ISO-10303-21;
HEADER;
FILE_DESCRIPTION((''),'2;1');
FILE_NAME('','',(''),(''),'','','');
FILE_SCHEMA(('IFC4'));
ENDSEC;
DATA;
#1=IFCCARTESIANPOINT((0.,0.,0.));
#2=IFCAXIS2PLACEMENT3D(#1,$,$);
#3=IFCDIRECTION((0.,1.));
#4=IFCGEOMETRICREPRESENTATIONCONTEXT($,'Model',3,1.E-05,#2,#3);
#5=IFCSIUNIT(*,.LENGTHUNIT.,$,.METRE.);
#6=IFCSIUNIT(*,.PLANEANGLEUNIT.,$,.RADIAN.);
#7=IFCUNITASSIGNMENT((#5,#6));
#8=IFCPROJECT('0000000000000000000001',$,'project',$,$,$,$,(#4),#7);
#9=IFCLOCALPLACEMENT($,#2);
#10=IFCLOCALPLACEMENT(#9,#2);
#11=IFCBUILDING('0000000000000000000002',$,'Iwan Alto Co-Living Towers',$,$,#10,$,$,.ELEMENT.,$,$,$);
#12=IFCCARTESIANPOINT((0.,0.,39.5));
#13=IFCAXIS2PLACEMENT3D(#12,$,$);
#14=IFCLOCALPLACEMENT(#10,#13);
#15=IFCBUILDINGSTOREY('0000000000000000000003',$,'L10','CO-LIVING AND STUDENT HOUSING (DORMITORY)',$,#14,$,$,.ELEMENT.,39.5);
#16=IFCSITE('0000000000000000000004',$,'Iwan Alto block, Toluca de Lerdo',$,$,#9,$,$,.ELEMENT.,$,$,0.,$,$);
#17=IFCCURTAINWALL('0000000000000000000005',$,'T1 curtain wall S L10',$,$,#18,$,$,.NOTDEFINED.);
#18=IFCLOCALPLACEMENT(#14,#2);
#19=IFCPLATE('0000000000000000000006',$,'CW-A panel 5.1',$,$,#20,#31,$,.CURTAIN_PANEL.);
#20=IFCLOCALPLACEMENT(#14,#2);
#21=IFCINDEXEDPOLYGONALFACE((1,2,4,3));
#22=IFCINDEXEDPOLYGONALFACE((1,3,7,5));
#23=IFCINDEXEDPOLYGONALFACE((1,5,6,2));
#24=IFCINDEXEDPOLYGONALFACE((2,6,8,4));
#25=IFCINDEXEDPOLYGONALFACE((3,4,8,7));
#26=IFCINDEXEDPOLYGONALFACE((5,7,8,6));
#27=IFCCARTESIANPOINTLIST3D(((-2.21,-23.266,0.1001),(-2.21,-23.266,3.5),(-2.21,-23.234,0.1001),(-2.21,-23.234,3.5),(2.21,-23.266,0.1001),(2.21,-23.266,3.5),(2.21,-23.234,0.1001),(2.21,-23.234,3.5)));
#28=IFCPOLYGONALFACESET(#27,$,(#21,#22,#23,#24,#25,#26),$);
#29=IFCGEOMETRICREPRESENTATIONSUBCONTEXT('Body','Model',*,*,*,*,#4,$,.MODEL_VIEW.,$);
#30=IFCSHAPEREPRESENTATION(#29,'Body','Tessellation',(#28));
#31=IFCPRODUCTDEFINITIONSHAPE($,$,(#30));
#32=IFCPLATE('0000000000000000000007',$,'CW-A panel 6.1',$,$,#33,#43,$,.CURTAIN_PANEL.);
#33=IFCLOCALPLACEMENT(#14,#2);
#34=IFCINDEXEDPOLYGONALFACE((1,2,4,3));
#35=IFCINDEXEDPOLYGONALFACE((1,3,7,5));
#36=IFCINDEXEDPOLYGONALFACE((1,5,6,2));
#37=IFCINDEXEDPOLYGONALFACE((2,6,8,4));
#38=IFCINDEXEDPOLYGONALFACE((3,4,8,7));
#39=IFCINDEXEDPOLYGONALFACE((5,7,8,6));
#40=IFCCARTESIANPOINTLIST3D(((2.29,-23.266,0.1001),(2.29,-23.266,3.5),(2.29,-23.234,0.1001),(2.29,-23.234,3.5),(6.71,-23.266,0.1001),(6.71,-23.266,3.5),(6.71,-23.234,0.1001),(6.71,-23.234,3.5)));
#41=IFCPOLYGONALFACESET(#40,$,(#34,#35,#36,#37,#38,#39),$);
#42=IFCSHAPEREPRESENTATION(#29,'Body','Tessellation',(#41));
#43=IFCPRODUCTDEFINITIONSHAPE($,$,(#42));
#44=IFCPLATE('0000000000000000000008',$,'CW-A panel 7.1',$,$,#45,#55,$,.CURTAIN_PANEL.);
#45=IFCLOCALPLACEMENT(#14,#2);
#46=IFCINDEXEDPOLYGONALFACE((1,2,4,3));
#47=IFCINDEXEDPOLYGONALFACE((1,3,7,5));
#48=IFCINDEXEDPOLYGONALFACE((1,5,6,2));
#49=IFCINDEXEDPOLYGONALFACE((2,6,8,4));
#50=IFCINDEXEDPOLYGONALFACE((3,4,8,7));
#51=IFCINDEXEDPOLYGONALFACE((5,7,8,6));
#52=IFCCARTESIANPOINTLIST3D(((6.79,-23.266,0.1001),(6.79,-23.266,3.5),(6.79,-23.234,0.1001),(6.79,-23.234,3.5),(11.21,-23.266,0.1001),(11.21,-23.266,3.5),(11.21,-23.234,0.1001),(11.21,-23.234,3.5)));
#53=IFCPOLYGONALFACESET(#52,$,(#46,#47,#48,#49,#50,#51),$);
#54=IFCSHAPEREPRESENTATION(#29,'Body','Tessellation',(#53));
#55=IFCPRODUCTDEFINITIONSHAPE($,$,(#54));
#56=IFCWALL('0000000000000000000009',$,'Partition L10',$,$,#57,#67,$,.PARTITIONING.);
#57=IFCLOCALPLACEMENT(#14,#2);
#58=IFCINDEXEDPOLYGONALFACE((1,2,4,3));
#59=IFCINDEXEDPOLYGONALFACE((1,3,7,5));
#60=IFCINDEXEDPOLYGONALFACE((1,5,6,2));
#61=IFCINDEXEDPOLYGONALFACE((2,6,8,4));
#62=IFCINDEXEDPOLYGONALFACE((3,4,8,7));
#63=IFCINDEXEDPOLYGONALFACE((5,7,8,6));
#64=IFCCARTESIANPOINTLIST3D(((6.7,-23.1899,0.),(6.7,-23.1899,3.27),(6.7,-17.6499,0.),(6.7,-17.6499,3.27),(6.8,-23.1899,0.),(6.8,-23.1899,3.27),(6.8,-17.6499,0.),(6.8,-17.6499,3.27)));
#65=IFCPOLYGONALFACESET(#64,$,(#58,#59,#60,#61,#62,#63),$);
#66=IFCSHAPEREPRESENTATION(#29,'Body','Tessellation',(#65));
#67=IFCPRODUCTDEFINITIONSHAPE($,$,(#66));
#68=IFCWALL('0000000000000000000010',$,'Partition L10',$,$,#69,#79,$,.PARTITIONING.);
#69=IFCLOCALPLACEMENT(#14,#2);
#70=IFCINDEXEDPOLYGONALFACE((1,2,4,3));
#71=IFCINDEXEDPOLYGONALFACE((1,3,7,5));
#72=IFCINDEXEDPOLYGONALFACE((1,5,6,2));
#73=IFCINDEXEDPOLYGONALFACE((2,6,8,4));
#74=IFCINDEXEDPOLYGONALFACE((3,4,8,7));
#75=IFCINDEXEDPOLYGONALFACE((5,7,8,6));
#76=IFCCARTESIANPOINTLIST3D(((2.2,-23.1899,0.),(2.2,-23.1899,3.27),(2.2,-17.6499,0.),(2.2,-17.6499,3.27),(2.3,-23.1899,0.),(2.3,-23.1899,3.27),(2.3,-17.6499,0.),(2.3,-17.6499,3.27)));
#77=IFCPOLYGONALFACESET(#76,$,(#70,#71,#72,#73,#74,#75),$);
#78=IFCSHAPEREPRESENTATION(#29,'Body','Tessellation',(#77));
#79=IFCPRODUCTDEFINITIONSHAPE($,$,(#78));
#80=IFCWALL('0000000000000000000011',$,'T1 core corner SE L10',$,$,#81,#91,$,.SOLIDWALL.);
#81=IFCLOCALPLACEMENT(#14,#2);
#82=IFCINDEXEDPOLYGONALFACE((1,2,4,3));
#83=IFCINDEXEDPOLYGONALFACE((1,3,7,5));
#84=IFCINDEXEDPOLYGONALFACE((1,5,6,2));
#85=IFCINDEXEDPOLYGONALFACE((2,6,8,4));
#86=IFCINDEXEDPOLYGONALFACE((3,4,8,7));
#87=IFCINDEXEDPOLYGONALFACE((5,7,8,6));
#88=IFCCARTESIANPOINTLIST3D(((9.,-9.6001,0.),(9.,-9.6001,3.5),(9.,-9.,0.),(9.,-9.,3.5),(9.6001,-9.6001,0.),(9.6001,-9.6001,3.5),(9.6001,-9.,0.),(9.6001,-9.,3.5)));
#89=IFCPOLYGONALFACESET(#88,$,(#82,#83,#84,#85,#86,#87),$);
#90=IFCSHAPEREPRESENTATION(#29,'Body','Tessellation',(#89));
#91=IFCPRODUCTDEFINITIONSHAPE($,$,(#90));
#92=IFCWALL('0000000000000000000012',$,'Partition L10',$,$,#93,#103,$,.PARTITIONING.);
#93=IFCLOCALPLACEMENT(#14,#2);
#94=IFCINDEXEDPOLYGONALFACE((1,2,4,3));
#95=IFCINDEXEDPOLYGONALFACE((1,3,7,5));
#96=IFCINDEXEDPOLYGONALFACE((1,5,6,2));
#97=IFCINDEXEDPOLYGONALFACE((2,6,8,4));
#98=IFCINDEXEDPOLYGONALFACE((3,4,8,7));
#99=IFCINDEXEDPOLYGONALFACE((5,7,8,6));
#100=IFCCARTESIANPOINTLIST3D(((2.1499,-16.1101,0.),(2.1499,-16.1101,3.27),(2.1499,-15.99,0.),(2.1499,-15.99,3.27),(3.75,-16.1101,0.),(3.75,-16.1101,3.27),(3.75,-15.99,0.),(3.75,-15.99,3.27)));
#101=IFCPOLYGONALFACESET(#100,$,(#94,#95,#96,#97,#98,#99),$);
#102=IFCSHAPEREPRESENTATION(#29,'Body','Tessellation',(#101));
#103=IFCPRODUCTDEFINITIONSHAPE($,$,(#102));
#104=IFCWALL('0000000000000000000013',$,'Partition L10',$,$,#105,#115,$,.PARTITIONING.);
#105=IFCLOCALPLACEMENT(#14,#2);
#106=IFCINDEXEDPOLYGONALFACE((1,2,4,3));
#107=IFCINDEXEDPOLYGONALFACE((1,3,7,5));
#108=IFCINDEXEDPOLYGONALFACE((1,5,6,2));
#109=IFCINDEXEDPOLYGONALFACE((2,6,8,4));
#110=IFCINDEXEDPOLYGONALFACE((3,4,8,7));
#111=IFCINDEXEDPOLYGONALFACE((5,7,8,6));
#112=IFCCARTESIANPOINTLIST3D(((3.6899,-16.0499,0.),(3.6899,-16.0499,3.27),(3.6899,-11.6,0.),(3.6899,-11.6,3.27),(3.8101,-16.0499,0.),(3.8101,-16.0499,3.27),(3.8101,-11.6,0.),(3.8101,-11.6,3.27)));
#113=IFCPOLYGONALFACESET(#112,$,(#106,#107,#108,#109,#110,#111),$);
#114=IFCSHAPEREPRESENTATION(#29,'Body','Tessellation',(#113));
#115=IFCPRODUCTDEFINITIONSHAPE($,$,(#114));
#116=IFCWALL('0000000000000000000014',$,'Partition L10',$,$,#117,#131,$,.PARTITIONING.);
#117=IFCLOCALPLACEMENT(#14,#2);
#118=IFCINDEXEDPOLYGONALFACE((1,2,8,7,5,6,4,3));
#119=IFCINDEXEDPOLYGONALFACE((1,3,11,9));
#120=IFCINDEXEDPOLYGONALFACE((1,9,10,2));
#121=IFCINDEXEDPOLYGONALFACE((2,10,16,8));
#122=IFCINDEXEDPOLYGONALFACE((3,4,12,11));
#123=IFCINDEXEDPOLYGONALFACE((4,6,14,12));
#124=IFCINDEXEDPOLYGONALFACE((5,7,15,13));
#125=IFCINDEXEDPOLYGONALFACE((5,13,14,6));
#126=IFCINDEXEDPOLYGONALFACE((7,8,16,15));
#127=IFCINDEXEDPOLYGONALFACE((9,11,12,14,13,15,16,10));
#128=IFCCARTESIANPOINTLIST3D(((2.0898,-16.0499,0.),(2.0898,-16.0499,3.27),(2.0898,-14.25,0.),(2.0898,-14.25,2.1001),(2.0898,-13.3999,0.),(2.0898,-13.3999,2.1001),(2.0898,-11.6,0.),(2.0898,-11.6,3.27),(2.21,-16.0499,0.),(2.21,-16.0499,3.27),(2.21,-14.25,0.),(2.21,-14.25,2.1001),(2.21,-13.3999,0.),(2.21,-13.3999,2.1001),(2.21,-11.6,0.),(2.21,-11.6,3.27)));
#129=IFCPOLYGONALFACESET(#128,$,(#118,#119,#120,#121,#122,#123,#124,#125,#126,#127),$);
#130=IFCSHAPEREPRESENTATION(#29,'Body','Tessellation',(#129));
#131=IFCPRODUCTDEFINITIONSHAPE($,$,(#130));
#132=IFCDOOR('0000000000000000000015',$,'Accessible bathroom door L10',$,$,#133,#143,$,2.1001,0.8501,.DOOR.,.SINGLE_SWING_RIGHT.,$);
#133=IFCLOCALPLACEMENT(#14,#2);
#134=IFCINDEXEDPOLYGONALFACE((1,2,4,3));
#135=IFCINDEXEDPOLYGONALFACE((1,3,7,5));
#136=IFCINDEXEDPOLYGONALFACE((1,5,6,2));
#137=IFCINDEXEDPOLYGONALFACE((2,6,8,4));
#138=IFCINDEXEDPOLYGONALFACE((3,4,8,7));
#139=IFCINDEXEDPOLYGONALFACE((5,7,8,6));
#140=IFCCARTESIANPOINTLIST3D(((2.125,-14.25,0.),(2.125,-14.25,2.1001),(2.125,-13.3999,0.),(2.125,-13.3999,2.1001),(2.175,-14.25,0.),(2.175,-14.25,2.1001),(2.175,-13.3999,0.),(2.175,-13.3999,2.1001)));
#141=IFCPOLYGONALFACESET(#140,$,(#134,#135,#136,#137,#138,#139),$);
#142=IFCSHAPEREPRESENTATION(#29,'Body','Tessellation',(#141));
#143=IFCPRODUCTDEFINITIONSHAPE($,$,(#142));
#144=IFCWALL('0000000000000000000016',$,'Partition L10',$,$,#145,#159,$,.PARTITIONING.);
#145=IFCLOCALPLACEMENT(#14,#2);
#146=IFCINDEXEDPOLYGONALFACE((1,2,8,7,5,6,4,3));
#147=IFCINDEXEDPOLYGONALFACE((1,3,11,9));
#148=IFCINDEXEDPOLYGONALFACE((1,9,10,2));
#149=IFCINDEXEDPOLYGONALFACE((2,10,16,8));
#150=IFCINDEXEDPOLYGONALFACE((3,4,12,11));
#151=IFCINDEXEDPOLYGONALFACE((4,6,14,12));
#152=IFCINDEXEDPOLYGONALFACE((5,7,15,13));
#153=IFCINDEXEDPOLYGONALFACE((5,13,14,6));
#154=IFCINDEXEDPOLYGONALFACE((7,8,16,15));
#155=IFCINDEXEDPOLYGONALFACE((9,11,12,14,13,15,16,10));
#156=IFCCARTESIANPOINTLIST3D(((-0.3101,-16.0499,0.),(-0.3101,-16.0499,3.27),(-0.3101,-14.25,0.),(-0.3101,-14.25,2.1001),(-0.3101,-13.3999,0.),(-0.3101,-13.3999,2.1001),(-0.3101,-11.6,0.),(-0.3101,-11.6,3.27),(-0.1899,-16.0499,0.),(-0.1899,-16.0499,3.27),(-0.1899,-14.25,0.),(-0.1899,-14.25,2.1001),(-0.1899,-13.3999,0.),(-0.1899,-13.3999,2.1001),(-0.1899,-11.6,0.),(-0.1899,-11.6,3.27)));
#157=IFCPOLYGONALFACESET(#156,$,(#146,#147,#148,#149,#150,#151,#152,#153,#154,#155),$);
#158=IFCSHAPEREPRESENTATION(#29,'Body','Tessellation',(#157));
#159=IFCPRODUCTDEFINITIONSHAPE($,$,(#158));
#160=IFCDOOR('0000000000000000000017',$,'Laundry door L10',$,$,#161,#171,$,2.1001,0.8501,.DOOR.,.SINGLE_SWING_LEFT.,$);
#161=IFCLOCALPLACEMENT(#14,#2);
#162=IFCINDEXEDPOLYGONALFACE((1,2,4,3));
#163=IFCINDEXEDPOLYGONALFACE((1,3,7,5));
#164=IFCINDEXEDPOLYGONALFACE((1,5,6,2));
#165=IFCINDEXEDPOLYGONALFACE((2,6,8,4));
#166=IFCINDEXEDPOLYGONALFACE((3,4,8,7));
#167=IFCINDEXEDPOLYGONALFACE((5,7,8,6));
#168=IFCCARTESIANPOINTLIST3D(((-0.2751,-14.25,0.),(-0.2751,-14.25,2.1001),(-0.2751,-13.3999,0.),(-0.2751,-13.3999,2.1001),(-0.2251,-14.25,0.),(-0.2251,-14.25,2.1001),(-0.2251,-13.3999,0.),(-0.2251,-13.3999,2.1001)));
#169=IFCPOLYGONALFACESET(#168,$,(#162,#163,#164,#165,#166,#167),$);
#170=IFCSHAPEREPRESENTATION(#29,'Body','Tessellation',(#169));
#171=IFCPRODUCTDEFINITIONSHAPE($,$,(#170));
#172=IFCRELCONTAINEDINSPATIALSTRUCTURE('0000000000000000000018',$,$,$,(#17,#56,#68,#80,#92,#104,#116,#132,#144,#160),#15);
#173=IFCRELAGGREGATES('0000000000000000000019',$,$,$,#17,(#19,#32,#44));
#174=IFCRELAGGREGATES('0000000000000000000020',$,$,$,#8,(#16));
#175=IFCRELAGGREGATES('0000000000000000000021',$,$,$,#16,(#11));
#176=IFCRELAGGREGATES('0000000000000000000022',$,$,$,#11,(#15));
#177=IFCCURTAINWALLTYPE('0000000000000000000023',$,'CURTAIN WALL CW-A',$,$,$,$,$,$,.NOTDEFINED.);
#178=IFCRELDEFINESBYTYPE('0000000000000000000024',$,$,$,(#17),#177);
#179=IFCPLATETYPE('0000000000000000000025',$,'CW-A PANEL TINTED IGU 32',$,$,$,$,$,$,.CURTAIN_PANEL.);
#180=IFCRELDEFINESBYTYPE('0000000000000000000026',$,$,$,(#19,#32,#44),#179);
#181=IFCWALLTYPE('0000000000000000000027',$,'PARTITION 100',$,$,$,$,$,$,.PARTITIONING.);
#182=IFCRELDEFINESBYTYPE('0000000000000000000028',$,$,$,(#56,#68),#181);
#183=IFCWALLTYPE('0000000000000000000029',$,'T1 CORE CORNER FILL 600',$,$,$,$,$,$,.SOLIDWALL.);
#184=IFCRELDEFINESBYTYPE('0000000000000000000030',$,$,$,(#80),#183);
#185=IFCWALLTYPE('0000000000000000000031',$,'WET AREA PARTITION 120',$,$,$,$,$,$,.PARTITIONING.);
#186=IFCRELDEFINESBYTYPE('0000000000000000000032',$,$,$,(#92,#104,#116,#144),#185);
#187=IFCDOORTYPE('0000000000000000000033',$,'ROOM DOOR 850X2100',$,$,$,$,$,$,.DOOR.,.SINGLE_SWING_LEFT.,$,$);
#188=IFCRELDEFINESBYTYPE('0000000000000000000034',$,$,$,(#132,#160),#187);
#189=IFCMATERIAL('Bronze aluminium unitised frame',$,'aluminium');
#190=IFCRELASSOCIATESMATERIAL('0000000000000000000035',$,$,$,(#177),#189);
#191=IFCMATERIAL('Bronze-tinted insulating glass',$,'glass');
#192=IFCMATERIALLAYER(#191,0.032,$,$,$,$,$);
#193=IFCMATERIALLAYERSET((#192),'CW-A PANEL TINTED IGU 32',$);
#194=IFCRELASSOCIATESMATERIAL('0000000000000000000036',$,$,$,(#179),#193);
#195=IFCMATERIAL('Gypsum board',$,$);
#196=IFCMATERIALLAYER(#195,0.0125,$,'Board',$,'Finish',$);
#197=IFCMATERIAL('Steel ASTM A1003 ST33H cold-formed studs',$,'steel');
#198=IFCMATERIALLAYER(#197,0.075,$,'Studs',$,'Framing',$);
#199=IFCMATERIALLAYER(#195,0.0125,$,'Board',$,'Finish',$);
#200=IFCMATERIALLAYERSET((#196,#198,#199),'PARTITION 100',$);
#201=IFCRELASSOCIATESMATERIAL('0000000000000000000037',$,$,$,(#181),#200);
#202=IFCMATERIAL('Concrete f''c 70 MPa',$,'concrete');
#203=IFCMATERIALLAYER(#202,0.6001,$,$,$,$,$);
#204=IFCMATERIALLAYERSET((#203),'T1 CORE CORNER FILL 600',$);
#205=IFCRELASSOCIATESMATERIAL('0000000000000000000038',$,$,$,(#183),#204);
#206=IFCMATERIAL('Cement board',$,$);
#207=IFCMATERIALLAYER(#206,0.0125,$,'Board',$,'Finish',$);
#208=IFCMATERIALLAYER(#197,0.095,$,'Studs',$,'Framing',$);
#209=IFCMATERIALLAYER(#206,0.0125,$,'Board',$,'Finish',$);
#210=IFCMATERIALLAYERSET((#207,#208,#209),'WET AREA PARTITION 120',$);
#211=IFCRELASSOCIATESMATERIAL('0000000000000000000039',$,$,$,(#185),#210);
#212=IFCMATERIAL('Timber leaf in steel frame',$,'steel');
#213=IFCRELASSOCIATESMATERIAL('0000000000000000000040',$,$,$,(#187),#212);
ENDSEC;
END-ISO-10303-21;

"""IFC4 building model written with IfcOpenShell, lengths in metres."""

from ifc_helpers import new_model, si_unit, direction, frame, frame_2d, origin, origin_2d, place, context, subcontext, project, spatial, rectangle, extrude, material, layer, layer_set, type_object, element, fill, aggregate, save


model = new_model("IFC4")

# Units and contexts
model_context = context("Model", 3, precision=1e-05, world=origin(), true_north=direction((0.0, 1.0)))
body_context = subcontext(model_context, "Body", "Model", "MODEL_VIEW")
ifc_project = project(units=[si_unit("LENGTHUNIT", "METRE"), si_unit("PLANEANGLEUNIT", "RADIAN")], contexts=[model_context])

# Site, building, storey
site_placement = place(None, origin())
site = spatial("IfcSite", under=ifc_project, at=site_placement, Name="Iwan Alto block, Toluca de Lerdo", CompositionType="ELEMENT", RefElevation=0.0)
building_placement = place(site_placement, origin())
building = spatial("IfcBuilding", under=site, at=building_placement, Name="Iwan Alto Co-Living Towers", CompositionType="ELEMENT")
storey_placement = place(building_placement, frame((0.0, 0.0, 39.5)))
storey = spatial("IfcBuildingStorey", under=building, at=storey_placement, Name="L10", Description="CO-LIVING AND STUDENT HOUSING (DORMITORY)", CompositionType="ELEMENT", Elevation=39.5)

# Curtain wall
ifc_material_1 = material(Name="Bronze aluminium unitised frame", Category="aluminium")
curtain_wall_type = type_object("IfcCurtainWallType", Name="CURTAIN WALL CW-A", PredefinedType="NOTDEFINED", material=ifc_material_1)
curtain_wall_placement = place(storey_placement, origin())
curtain_wall = element("IfcCurtainWall", 1, at=curtain_wall_placement, inside=storey, type_object=curtain_wall_type, Name="T1 curtain wall S L10", PredefinedType="NOTDEFINED")

# Plates
ifc_material_2 = material(Name="Bronze-tinted insulating glass", Category="glass")
ifc_layer_1 = layer(ifc_material_2, 0.032)
ifc_layer_set_1 = layer_set([ifc_layer_1], Name="CW-A PANEL TINTED IGU 32")
plate_type = type_object("IfcPlateType", Name="CW-A PANEL TINTED IGU 32", PredefinedType="CURTAIN_PANEL", material=ifc_layer_set_1)
plate_1_placement = place(storey_placement, frame((0.0, -23.25, 0.1001), z_axis=(0.0, 0.0, 1.0), x_axis=(1.0, 0.0, 0.0)))
plate_1 = element("IfcPlate", 2, at=plate_1_placement, type_object=plate_type, Name="CW-A panel 5.1", PredefinedType="CURTAIN_PANEL", context=body_context, shape_type="SweptSolid", body=[
    extrude(rectangle(XDim=4.4199, YDim=0.032, at=origin_2d()), origin(), (0.0, 0.0, 1.0), 3.3999),
])
plate_2_placement = place(storey_placement, frame((4.5, -23.25, 0.1001), z_axis=(0.0, 0.0, 1.0), x_axis=(1.0, 0.0, 0.0)))
plate_2 = element("IfcPlate", 3, at=plate_2_placement, type_object=plate_type, Name="CW-A panel 6.1", PredefinedType="CURTAIN_PANEL", context=body_context, shape_type="SweptSolid", body=[
    extrude(rectangle(XDim=4.4199, YDim=0.032, at=origin_2d()), origin(), (0.0, 0.0, 1.0), 3.3999),
])
plate_3_placement = place(storey_placement, frame((9.0, -23.25, 0.1001), z_axis=(0.0, 0.0, 1.0), x_axis=(1.0, 0.0, 0.0)))
plate_3 = element("IfcPlate", 4, at=plate_3_placement, type_object=plate_type, Name="CW-A panel 7.1", PredefinedType="CURTAIN_PANEL", context=body_context, shape_type="SweptSolid", body=[
    extrude(rectangle(XDim=4.4199, YDim=0.032, at=origin_2d()), origin(), (0.0, 0.0, 1.0), 3.3999),
])
aggregate(curtain_wall, [plate_1, plate_2, plate_3])

# Walls
ifc_material_3 = material(Name="Gypsum board")
ifc_layer_2 = layer(ifc_material_3, 0.0125, Name="Board", Category="Finish")
ifc_material_4 = material(Name="Steel ASTM A1003 ST33H cold-formed studs", Category="steel")
ifc_layer_3 = layer(ifc_material_4, 0.075, Name="Studs", Category="Framing")
ifc_layer_4 = layer(ifc_material_3, 0.0125, Name="Board", Category="Finish")
ifc_layer_set_2 = layer_set([ifc_layer_2, ifc_layer_3, ifc_layer_4], Name="PARTITION 100")
wall_type_1 = type_object("IfcWallType", Name="PARTITION 100", PredefinedType="PARTITIONING", material=ifc_layer_set_2)
for number, where, z_axis, x_axis, name in (
    (5, (6.75, -23.1899, 0.0), (0.0, 0.0, 1.0), (0.0, 1.0, 0.0), "Partition L10"),
    (6, (2.25, -23.1899, 0.0), (0.0, 0.0, 1.0), (0.0, 1.0, 0.0), "Partition L10"),
):
    element("IfcWall", number, at=place(storey_placement, frame(where, z_axis=z_axis, x_axis=x_axis)), inside=storey, type_object=wall_type_1, Name=name, PredefinedType="PARTITIONING", context=body_context, shape_type="SweptSolid", body=[
        extrude(rectangle(XDim=5.54, YDim=0.1001, at=frame_2d((2.77, 0.0))), origin(), (0.0, 0.0, 1.0), 3.27),
    ])
ifc_material_5 = material(Name="Concrete f'c 70 MPa", Category="concrete")
ifc_layer_5 = layer(ifc_material_5, 0.6001)
ifc_layer_set_3 = layer_set([ifc_layer_5], Name="T1 CORE CORNER FILL 600")
wall_type_2 = type_object("IfcWallType", Name="T1 CORE CORNER FILL 600", PredefinedType="SOLIDWALL", material=ifc_layer_set_3)
wall_1_placement = place(storey_placement, frame((9.0, -9.3, 0.0), z_axis=(0.0, 0.0, 1.0), x_axis=(1.0, 0.0, 0.0)))
element("IfcWall", 7, at=wall_1_placement, inside=storey, type_object=wall_type_2, Name="T1 core corner SE L10", PredefinedType="SOLIDWALL", context=body_context, shape_type="SweptSolid", body=[
    extrude(rectangle(XDim=0.6001, YDim=0.6001, at=frame_2d((0.3, 0.0))), origin(), (0.0, 0.0, 1.0), 3.5),
])
ifc_material_6 = material(Name="Cement board")
ifc_layer_6 = layer(ifc_material_6, 0.0125, Name="Board", Category="Finish")
ifc_layer_7 = layer(ifc_material_4, 0.095, Name="Studs", Category="Framing")
ifc_layer_8 = layer(ifc_material_6, 0.0125, Name="Board", Category="Finish")
ifc_layer_set_4 = layer_set([ifc_layer_6, ifc_layer_7, ifc_layer_8], Name="WET AREA PARTITION 120")
wall_type_3 = type_object("IfcWallType", Name="WET AREA PARTITION 120", PredefinedType="PARTITIONING", material=ifc_layer_set_4)
wall_2_placement = place(storey_placement, frame((2.1499, -16.05, 0.0), z_axis=(0.0, 0.0, 1.0), x_axis=(1.0, 0.0, 0.0)))
element("IfcWall", 8, at=wall_2_placement, inside=storey, type_object=wall_type_3, Name="Partition L10", PredefinedType="PARTITIONING", context=body_context, shape_type="SweptSolid", body=[
    extrude(rectangle(XDim=1.6001, YDim=0.1201, at=frame_2d((0.8, 0.0))), origin(), (0.0, 0.0, 1.0), 3.27),
])
wall_3_placement = place(storey_placement, frame((3.75, -16.05, 0.0), z_axis=(0.0, 0.0, 1.0), x_axis=(0.0, 1.0, 0.0)))
element("IfcWall", 9, at=wall_3_placement, inside=storey, type_object=wall_type_3, Name="Partition L10", PredefinedType="PARTITIONING", context=body_context, shape_type="SweptSolid", body=[
    extrude(rectangle(XDim=4.45, YDim=0.1201, at=frame_2d((2.2251, 0.0))), origin(), (0.0, 0.0, 1.0), 3.27),
])

# Walls, openings, doors
wall_4_placement = place(storey_placement, frame((2.1499, -16.05, 0.0), z_axis=(0.0, 0.0, 1.0), x_axis=(0.0, 1.0, 0.0)))
wall_4 = element("IfcWall", 10, at=wall_4_placement, inside=storey, type_object=wall_type_3, Name="Partition L10", PredefinedType="PARTITIONING", context=body_context, shape_type="SweptSolid", body=[
    extrude(rectangle(XDim=4.45, YDim=0.1201, at=frame_2d((2.2251, 0.0))), origin(), (0.0, 0.0, 1.0), 3.27),
])
opening_1_placement = place(wall_4_placement, frame((1.8, 0.0, 0.0)))
opening_1 = element("IfcOpeningElement", 11, at=opening_1_placement, cuts=wall_4, PredefinedType="OPENING", context=body_context, shape_type="SweptSolid", body=[
    extrude(rectangle(XDim=0.8501, YDim=2.1001, at=frame_2d((0.425, 1.05))), frame((0.0, 0.0701, 0.0), z_axis=(0.0, -1.0, 0.0), x_axis=(1.0, 0.0, 0.0)), (0.0, 0.0, 1.0), 0.1401),
])
ifc_material_7 = material(Name="Timber leaf in steel frame", Category="steel")
door_type = type_object("IfcDoorType", Name="ROOM DOOR 850X2100", OperationType="SINGLE_SWING_LEFT", PredefinedType="DOOR", material=ifc_material_7)
door_1_placement = place(opening_1_placement, origin())
door_1 = element("IfcDoor", 12, at=door_1_placement, inside=storey, type_object=door_type, Name="Accessible bathroom door L10", OperationType="SINGLE_SWING_RIGHT", OverallHeight=2.1001, OverallWidth=0.8501, PredefinedType="DOOR", context=body_context, shape_type="SweptSolid", body=[
    extrude(rectangle(XDim=0.8501, YDim=2.1001, at=frame_2d((0.425, 1.05))), frame((0.0, 0.0249, 0.0), z_axis=(0.0, -1.0, 0.0), x_axis=(1.0, 0.0, 0.0)), (0.0, 0.0, 1.0), 0.05),
])
fill(opening_1, door_1)
wall_5_placement = place(storey_placement, frame((-0.25, -16.05, 0.0), z_axis=(0.0, 0.0, 1.0), x_axis=(0.0, 1.0, 0.0)))
wall_5 = element("IfcWall", 13, at=wall_5_placement, inside=storey, type_object=wall_type_3, Name="Partition L10", PredefinedType="PARTITIONING", context=body_context, shape_type="SweptSolid", body=[
    extrude(rectangle(XDim=4.45, YDim=0.1201, at=frame_2d((2.2251, 0.0))), origin(), (0.0, 0.0, 1.0), 3.27),
])
opening_2_placement = place(wall_5_placement, frame((1.8, 0.0, 0.0)))
opening_2 = element("IfcOpeningElement", 14, at=opening_2_placement, cuts=wall_5, PredefinedType="OPENING", context=body_context, shape_type="SweptSolid", body=[
    extrude(rectangle(XDim=0.8501, YDim=2.1001, at=frame_2d((0.425, 1.05))), frame((0.0, 0.0701, 0.0), z_axis=(0.0, -1.0, 0.0), x_axis=(1.0, 0.0, 0.0)), (0.0, 0.0, 1.0), 0.1401),
])
door_2_placement = place(opening_2_placement, frame((0.8501, 0.0, 0.0), z_axis=(0.0, 0.0, 1.0), x_axis=(-1.0, 0.0, 0.0)))
door_2 = element("IfcDoor", 15, at=door_2_placement, inside=storey, type_object=door_type, Name="Laundry door L10", OperationType="SINGLE_SWING_LEFT", OverallHeight=2.1001, OverallWidth=0.8501, PredefinedType="DOOR", context=body_context, shape_type="SweptSolid", body=[
    extrude(rectangle(XDim=0.8501, YDim=2.1001, at=frame_2d((0.425, 1.05))), frame((0.0, 0.0249, 0.0), z_axis=(0.0, -1.0, 0.0), x_axis=(1.0, 0.0, 0.0)), (0.0, 0.0, 1.0), 0.05),
])
fill(opening_2, door_2)

save(model, "model.ifc")
